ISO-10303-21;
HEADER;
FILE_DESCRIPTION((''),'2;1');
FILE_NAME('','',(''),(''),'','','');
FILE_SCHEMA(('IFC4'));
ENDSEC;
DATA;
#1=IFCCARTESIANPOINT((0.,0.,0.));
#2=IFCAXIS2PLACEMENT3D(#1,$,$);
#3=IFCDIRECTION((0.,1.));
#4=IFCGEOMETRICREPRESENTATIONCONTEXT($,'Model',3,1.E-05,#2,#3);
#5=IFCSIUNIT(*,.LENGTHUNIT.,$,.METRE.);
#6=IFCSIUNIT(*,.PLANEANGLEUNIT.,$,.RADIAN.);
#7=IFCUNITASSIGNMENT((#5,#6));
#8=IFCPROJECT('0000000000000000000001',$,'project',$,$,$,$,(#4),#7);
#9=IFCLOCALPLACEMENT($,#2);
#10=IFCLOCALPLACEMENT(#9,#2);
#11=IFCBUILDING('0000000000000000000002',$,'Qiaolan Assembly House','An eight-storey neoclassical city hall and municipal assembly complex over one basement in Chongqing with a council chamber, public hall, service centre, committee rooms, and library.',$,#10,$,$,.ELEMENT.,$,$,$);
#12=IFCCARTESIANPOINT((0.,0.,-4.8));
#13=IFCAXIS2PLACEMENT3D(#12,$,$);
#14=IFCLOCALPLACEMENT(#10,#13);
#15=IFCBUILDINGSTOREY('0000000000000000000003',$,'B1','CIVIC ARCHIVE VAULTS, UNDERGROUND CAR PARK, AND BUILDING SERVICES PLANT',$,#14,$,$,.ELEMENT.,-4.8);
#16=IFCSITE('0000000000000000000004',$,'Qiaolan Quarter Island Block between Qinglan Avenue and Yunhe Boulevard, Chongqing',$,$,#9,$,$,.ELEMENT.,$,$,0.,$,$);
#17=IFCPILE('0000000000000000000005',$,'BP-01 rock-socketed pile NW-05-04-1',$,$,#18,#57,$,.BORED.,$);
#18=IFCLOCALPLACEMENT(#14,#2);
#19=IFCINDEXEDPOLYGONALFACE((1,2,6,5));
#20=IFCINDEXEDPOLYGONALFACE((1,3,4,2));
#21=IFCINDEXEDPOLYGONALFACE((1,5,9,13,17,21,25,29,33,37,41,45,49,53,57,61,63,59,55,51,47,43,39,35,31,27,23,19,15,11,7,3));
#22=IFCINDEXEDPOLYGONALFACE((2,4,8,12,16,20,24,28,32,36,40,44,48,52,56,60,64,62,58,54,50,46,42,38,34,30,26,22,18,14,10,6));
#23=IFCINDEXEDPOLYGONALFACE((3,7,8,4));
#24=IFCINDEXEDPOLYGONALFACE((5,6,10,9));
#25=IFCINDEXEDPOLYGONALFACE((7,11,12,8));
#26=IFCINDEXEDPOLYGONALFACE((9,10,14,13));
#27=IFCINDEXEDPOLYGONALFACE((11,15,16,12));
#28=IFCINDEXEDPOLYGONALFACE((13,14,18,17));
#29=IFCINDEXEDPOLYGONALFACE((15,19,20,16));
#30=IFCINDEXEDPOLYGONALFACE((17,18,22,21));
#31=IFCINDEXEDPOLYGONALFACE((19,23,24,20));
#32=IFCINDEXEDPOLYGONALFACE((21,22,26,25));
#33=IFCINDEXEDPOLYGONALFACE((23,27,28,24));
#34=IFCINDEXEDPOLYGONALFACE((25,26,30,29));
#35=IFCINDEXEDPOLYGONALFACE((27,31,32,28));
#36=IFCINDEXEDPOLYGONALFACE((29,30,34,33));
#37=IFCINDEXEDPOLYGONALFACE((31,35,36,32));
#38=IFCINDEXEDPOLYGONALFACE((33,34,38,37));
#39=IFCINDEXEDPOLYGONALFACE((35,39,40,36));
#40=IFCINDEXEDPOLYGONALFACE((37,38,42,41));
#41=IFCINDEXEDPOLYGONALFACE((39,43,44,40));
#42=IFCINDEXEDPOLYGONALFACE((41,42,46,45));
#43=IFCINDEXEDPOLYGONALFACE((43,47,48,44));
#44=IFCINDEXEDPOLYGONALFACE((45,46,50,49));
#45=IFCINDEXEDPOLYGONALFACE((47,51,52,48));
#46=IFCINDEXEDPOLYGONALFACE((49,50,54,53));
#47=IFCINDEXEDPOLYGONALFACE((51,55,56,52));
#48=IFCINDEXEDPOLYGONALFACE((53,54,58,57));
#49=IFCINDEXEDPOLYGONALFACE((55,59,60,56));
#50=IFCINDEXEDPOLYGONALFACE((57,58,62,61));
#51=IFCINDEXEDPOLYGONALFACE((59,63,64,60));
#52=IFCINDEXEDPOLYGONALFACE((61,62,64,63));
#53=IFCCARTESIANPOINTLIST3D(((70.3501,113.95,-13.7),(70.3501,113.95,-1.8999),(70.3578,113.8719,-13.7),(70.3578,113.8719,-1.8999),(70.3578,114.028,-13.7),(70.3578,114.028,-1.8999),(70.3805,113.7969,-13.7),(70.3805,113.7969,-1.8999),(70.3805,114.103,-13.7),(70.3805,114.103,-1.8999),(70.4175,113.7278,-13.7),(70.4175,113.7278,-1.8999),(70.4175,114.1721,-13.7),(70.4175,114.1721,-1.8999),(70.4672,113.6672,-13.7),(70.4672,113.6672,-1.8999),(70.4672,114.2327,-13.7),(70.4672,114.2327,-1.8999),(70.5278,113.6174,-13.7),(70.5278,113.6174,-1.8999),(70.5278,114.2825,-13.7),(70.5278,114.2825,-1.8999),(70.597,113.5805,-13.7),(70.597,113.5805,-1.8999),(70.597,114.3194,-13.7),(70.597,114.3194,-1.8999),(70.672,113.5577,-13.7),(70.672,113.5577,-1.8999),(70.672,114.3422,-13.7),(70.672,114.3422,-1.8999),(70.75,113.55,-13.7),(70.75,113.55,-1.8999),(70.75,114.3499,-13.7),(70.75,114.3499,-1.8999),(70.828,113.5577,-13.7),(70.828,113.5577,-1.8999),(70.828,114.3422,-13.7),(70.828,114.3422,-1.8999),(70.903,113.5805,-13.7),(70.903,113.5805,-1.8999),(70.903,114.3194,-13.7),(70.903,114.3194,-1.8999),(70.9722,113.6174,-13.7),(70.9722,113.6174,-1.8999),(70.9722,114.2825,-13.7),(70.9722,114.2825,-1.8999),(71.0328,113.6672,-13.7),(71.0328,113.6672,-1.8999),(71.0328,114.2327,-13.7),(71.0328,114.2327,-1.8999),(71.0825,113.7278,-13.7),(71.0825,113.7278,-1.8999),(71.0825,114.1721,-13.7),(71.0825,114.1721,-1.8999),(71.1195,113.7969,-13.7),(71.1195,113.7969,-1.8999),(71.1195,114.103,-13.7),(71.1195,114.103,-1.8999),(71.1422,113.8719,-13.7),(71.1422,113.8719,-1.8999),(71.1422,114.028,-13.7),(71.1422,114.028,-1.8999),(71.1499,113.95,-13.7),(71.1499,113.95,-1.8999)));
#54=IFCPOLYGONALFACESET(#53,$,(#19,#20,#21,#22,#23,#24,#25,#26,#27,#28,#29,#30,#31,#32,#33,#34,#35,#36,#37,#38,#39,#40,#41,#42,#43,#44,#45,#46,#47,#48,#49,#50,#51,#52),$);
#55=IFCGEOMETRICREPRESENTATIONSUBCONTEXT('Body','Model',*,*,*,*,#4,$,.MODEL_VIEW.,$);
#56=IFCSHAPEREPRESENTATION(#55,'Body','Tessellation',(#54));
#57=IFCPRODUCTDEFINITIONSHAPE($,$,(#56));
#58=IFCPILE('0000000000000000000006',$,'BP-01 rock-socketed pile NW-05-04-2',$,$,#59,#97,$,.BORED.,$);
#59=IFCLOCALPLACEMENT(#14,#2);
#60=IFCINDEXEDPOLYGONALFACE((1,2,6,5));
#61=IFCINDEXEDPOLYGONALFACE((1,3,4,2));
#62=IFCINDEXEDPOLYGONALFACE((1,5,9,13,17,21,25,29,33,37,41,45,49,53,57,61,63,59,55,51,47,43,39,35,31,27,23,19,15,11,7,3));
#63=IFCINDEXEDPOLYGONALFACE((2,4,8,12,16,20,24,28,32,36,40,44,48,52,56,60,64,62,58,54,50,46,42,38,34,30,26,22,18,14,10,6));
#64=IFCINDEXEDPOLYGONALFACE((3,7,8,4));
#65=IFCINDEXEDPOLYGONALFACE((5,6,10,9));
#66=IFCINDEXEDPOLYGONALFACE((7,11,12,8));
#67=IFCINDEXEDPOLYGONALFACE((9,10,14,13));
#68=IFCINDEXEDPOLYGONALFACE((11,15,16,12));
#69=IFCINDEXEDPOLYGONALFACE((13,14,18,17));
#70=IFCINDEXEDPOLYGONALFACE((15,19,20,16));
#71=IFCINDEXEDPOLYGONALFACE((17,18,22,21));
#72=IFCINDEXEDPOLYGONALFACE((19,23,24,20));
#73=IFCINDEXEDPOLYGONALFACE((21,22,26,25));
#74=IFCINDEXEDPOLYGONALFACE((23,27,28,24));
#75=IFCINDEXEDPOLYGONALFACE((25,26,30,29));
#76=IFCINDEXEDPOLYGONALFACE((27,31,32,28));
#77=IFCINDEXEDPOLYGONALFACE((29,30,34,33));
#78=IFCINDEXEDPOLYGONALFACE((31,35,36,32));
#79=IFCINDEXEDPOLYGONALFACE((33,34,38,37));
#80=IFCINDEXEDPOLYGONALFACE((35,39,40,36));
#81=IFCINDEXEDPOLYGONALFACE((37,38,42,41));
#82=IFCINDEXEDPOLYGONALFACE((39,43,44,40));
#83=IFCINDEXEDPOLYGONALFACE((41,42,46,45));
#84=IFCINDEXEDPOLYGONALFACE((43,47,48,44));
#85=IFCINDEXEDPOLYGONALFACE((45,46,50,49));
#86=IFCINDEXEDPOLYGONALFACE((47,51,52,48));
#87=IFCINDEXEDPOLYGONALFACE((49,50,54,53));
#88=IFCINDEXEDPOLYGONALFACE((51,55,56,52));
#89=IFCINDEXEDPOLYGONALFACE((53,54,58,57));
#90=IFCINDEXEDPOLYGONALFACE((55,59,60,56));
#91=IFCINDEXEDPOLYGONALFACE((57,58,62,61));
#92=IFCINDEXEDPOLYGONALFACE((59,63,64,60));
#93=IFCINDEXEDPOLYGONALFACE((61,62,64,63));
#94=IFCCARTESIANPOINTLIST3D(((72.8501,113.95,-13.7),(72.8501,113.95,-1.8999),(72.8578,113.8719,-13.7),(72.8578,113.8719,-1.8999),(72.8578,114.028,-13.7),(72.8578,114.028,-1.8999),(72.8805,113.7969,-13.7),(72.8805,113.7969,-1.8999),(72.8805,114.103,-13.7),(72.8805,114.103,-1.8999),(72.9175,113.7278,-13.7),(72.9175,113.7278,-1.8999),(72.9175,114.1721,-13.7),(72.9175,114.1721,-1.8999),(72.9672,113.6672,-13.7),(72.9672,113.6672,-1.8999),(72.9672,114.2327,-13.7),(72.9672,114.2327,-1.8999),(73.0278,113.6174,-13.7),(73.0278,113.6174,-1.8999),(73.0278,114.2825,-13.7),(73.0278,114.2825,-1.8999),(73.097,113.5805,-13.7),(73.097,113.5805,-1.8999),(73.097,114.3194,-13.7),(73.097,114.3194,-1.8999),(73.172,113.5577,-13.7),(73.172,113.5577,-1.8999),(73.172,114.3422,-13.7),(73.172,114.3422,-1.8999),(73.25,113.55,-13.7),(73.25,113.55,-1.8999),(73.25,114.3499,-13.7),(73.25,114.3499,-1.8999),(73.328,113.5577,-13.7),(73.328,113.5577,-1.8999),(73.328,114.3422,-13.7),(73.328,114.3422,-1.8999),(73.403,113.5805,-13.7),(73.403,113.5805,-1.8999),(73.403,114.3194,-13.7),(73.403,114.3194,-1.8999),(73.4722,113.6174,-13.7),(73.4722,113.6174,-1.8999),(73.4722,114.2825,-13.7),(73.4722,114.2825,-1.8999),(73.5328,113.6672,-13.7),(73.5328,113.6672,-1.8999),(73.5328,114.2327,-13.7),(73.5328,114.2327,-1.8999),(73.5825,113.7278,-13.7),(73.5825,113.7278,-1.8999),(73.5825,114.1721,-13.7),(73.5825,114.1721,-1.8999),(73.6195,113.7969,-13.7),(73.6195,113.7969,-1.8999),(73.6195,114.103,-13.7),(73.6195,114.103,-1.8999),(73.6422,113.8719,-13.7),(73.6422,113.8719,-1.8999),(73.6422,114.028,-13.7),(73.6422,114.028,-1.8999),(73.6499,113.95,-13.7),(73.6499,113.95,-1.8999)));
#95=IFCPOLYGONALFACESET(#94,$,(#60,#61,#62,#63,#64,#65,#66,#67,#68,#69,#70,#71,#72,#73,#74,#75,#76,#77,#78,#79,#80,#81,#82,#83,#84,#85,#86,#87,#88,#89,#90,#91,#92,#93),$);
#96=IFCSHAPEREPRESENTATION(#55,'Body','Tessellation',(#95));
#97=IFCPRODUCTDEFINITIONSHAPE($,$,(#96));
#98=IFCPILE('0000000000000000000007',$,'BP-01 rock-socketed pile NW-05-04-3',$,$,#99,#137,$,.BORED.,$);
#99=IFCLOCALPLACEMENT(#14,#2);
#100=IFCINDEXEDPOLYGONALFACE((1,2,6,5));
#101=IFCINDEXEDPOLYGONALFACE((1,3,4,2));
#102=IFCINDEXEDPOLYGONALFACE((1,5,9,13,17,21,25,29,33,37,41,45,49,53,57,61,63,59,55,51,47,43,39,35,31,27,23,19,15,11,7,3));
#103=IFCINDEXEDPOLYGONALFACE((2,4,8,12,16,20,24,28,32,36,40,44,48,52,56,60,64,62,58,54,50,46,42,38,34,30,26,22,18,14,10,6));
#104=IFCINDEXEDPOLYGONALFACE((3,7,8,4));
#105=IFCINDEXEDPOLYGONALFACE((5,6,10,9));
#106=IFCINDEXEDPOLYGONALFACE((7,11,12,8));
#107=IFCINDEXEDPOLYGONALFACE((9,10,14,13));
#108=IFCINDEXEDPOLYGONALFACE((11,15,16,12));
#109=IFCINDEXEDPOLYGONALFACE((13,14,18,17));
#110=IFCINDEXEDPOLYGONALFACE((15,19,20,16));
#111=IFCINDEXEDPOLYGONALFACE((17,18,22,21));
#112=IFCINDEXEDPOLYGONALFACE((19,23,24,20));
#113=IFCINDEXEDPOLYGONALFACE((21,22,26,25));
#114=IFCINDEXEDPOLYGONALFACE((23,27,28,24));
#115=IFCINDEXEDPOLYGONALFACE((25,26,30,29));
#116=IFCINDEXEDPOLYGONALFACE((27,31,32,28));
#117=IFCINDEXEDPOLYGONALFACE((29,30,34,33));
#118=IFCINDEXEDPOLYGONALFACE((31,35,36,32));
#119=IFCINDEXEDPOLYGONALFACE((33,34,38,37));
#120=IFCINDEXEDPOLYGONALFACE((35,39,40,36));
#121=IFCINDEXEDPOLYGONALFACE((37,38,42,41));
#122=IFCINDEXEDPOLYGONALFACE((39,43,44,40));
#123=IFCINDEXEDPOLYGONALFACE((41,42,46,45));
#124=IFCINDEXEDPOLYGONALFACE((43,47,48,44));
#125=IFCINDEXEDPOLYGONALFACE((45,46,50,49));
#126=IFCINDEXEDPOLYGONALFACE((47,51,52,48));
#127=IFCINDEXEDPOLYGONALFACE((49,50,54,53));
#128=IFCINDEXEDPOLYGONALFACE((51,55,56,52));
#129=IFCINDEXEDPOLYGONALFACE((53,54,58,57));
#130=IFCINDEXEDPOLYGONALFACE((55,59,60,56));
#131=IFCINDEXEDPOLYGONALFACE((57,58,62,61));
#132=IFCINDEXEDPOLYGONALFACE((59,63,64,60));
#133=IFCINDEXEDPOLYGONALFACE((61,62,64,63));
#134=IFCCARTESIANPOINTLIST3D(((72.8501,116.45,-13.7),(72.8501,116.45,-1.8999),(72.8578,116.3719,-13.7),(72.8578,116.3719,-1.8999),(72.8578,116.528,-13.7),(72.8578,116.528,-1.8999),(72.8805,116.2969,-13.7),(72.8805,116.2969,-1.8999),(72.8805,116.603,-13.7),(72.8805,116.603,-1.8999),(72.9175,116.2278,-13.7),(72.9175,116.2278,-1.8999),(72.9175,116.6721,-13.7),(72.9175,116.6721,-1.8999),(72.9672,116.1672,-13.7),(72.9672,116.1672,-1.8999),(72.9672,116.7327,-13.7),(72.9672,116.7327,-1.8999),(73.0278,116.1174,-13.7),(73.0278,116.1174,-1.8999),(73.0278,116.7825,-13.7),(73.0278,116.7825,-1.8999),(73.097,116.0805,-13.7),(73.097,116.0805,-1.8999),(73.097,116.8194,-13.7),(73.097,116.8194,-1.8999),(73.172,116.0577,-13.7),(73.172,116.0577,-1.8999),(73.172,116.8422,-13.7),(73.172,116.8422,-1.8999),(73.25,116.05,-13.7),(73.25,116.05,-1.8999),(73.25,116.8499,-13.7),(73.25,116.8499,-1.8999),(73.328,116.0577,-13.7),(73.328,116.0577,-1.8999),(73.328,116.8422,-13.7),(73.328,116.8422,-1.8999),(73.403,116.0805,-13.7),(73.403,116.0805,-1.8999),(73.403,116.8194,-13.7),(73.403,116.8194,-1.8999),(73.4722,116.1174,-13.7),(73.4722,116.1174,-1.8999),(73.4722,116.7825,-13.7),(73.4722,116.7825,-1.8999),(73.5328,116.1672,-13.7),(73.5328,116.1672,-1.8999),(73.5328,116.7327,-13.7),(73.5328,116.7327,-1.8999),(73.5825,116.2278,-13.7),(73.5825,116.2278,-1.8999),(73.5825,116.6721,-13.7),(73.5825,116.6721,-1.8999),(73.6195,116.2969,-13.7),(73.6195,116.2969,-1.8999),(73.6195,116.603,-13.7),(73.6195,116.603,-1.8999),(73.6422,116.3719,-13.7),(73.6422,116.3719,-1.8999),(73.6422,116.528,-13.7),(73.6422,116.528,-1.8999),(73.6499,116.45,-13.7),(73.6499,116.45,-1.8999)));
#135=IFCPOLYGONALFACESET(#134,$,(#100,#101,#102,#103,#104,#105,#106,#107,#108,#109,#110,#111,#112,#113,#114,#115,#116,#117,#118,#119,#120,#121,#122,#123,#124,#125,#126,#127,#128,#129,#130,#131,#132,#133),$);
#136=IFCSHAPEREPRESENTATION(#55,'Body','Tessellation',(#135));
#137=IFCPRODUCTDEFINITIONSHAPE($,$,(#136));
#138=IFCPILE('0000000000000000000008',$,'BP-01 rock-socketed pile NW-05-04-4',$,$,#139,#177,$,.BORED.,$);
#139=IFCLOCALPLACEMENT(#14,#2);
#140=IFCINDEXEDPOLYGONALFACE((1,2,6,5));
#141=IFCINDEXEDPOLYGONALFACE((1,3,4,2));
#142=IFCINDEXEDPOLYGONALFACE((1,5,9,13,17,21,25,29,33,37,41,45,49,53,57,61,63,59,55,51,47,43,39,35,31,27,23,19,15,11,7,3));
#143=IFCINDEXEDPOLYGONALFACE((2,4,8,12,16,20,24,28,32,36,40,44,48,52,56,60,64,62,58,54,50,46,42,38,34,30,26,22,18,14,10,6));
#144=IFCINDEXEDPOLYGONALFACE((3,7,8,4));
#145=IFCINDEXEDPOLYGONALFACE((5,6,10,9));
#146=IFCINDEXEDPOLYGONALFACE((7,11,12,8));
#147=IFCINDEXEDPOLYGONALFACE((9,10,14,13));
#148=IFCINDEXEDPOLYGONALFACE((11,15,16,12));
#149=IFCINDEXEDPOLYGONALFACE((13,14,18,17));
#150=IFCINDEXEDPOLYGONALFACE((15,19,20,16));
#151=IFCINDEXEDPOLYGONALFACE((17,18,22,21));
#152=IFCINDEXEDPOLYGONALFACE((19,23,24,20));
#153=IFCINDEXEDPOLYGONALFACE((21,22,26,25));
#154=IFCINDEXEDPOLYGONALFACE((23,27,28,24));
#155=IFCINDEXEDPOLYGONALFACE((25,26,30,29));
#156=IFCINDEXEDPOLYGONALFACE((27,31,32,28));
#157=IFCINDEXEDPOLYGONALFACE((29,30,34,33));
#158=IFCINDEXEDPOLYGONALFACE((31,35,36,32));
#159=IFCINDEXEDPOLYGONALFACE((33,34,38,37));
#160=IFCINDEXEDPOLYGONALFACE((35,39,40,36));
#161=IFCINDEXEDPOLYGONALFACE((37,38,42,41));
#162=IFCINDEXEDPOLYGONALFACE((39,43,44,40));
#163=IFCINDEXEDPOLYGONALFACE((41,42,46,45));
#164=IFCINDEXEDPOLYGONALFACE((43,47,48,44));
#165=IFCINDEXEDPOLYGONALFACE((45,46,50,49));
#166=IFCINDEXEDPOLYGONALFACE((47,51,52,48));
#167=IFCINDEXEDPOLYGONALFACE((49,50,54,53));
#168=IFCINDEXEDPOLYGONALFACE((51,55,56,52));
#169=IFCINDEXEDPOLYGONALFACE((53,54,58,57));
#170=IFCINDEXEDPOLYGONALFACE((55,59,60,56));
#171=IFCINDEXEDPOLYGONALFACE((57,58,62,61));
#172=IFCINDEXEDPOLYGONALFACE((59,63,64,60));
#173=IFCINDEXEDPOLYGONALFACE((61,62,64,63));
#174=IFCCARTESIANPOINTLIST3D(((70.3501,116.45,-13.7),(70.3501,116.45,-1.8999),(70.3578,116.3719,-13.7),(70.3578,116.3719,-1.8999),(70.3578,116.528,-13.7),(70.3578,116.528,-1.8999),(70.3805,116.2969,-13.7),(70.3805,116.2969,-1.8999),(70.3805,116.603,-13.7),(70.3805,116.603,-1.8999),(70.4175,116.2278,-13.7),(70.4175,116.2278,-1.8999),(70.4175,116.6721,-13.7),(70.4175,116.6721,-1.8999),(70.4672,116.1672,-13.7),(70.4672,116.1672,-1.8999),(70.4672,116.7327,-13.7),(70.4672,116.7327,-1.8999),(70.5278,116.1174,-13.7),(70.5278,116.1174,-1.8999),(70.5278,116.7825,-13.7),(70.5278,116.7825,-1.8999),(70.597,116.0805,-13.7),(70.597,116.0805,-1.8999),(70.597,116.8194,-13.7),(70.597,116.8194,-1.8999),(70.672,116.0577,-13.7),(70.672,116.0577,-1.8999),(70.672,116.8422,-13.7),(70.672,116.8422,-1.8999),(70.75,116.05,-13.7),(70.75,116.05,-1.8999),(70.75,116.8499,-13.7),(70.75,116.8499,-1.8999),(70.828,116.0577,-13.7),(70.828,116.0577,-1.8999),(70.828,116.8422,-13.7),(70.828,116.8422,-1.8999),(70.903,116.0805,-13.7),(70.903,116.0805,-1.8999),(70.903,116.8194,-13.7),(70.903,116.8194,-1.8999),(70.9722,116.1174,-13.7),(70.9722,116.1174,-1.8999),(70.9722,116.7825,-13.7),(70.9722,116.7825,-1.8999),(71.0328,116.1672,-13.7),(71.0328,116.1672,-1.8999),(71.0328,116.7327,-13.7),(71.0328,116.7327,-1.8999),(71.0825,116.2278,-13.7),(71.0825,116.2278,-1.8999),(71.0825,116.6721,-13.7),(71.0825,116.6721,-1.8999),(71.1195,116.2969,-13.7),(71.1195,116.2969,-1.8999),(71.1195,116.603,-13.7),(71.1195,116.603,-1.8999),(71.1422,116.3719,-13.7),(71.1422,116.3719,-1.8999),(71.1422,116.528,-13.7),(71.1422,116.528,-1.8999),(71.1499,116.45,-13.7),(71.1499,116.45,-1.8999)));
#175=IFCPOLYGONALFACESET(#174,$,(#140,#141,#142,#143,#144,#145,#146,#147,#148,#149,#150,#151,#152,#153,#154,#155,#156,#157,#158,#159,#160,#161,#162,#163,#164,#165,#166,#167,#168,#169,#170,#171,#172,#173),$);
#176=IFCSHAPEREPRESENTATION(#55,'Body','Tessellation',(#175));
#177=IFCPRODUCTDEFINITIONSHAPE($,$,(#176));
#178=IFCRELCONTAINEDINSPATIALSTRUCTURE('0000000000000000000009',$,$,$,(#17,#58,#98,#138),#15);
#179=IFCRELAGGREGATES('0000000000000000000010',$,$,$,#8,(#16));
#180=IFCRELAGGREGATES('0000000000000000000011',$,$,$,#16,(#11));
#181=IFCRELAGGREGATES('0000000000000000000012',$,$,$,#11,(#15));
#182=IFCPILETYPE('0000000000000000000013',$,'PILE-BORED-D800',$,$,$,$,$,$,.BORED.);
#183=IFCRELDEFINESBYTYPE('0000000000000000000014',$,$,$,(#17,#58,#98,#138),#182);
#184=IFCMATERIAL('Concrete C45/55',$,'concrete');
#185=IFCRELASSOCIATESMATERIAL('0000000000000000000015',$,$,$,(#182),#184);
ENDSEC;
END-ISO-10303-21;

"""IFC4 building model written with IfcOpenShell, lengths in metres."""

from ifc_helpers import new_model, si_unit, direction, frame, origin, origin_2d, place, context, subcontext, project, spatial, circle, extrude, material, material_profile, profile_set, type_object, element, save


model = new_model("IFC4")

# Units and contexts
model_context = context("Model", 3, precision=1e-05, world=origin(), true_north=direction((0.0, 1.0)))
body_context = subcontext(model_context, "Body", "Model", "MODEL_VIEW")
ifc_project = project(units=[si_unit("LENGTHUNIT", "METRE"), si_unit("PLANEANGLEUNIT", "RADIAN")], contexts=[model_context])

# Site, building, storey
site_placement = place(None, origin())
site = spatial("IfcSite", under=ifc_project, at=site_placement, Name="Qiaolan Quarter Island Block between Qinglan Avenue and Yunhe Boulevard, Chongqing", CompositionType="ELEMENT", RefElevation=0.0)
building_placement = place(site_placement, origin())
building = spatial("IfcBuilding", under=site, at=building_placement, Name="Qiaolan Assembly House", Description="An eight-storey neoclassical city hall and municipal assembly complex over one basement in Chongqing with a council chamber, public hall, service centre, committee rooms, and library.", CompositionType="ELEMENT")
storey_placement = place(building_placement, frame((0.0, 0.0, -4.8)))
storey = spatial("IfcBuildingStorey", under=building, at=storey_placement, Name="B1", Description="CIVIC ARCHIVE VAULTS, UNDERGROUND CAR PARK, AND BUILDING SERVICES PLANT", CompositionType="ELEMENT", Elevation=-4.8)

# Piles
ifc_material_1 = material(Name="Concrete C45/55", Category="concrete")
ifc_material_profile_1 = material_profile(ifc_material_1, circle(Radius=0.3999, at=origin_2d()), Name="PILE D800")
ifc_profile_set_1 = profile_set([ifc_material_profile_1], Name="Concrete C45/55")
pile_type_1 = type_object("IfcPileType", Name="PILE-BORED-D800", PredefinedType="BORED", material=ifc_profile_set_1)
for number, where, z_axis, x_axis, name in (
    (1, (70.75, 113.95, -1.8999), (0.0, 0.0, -1.0), (1.0, 0.0, 0.0), "BP-01 rock-socketed pile NW-05-04-1"),
    (2, (73.25, 113.95, -1.8999), (0.0, 0.0, -1.0), (1.0, 0.0, 0.0), "BP-01 rock-socketed pile NW-05-04-2"),
    (3, (73.25, 116.45, -1.8999), (0.0, 0.0, -1.0), (1.0, 0.0, 0.0), "BP-01 rock-socketed pile NW-05-04-3"),
    (4, (70.75, 116.45, -1.8999), (0.0, 0.0, -1.0), (1.0, 0.0, 0.0), "BP-01 rock-socketed pile NW-05-04-4"),
):
    element("IfcPile", number, at=place(storey_placement, frame(where, z_axis=z_axis, x_axis=x_axis)), inside=storey, type_object=pile_type_1, Name=name, PredefinedType="BORED", context=body_context, shape_type="SweptSolid", body=[
        extrude(circle(Radius=0.3999, at=origin_2d()), origin(), (0.0, 0.0, 1.0), 11.8),
    ])

save(model, "model.ifc")
